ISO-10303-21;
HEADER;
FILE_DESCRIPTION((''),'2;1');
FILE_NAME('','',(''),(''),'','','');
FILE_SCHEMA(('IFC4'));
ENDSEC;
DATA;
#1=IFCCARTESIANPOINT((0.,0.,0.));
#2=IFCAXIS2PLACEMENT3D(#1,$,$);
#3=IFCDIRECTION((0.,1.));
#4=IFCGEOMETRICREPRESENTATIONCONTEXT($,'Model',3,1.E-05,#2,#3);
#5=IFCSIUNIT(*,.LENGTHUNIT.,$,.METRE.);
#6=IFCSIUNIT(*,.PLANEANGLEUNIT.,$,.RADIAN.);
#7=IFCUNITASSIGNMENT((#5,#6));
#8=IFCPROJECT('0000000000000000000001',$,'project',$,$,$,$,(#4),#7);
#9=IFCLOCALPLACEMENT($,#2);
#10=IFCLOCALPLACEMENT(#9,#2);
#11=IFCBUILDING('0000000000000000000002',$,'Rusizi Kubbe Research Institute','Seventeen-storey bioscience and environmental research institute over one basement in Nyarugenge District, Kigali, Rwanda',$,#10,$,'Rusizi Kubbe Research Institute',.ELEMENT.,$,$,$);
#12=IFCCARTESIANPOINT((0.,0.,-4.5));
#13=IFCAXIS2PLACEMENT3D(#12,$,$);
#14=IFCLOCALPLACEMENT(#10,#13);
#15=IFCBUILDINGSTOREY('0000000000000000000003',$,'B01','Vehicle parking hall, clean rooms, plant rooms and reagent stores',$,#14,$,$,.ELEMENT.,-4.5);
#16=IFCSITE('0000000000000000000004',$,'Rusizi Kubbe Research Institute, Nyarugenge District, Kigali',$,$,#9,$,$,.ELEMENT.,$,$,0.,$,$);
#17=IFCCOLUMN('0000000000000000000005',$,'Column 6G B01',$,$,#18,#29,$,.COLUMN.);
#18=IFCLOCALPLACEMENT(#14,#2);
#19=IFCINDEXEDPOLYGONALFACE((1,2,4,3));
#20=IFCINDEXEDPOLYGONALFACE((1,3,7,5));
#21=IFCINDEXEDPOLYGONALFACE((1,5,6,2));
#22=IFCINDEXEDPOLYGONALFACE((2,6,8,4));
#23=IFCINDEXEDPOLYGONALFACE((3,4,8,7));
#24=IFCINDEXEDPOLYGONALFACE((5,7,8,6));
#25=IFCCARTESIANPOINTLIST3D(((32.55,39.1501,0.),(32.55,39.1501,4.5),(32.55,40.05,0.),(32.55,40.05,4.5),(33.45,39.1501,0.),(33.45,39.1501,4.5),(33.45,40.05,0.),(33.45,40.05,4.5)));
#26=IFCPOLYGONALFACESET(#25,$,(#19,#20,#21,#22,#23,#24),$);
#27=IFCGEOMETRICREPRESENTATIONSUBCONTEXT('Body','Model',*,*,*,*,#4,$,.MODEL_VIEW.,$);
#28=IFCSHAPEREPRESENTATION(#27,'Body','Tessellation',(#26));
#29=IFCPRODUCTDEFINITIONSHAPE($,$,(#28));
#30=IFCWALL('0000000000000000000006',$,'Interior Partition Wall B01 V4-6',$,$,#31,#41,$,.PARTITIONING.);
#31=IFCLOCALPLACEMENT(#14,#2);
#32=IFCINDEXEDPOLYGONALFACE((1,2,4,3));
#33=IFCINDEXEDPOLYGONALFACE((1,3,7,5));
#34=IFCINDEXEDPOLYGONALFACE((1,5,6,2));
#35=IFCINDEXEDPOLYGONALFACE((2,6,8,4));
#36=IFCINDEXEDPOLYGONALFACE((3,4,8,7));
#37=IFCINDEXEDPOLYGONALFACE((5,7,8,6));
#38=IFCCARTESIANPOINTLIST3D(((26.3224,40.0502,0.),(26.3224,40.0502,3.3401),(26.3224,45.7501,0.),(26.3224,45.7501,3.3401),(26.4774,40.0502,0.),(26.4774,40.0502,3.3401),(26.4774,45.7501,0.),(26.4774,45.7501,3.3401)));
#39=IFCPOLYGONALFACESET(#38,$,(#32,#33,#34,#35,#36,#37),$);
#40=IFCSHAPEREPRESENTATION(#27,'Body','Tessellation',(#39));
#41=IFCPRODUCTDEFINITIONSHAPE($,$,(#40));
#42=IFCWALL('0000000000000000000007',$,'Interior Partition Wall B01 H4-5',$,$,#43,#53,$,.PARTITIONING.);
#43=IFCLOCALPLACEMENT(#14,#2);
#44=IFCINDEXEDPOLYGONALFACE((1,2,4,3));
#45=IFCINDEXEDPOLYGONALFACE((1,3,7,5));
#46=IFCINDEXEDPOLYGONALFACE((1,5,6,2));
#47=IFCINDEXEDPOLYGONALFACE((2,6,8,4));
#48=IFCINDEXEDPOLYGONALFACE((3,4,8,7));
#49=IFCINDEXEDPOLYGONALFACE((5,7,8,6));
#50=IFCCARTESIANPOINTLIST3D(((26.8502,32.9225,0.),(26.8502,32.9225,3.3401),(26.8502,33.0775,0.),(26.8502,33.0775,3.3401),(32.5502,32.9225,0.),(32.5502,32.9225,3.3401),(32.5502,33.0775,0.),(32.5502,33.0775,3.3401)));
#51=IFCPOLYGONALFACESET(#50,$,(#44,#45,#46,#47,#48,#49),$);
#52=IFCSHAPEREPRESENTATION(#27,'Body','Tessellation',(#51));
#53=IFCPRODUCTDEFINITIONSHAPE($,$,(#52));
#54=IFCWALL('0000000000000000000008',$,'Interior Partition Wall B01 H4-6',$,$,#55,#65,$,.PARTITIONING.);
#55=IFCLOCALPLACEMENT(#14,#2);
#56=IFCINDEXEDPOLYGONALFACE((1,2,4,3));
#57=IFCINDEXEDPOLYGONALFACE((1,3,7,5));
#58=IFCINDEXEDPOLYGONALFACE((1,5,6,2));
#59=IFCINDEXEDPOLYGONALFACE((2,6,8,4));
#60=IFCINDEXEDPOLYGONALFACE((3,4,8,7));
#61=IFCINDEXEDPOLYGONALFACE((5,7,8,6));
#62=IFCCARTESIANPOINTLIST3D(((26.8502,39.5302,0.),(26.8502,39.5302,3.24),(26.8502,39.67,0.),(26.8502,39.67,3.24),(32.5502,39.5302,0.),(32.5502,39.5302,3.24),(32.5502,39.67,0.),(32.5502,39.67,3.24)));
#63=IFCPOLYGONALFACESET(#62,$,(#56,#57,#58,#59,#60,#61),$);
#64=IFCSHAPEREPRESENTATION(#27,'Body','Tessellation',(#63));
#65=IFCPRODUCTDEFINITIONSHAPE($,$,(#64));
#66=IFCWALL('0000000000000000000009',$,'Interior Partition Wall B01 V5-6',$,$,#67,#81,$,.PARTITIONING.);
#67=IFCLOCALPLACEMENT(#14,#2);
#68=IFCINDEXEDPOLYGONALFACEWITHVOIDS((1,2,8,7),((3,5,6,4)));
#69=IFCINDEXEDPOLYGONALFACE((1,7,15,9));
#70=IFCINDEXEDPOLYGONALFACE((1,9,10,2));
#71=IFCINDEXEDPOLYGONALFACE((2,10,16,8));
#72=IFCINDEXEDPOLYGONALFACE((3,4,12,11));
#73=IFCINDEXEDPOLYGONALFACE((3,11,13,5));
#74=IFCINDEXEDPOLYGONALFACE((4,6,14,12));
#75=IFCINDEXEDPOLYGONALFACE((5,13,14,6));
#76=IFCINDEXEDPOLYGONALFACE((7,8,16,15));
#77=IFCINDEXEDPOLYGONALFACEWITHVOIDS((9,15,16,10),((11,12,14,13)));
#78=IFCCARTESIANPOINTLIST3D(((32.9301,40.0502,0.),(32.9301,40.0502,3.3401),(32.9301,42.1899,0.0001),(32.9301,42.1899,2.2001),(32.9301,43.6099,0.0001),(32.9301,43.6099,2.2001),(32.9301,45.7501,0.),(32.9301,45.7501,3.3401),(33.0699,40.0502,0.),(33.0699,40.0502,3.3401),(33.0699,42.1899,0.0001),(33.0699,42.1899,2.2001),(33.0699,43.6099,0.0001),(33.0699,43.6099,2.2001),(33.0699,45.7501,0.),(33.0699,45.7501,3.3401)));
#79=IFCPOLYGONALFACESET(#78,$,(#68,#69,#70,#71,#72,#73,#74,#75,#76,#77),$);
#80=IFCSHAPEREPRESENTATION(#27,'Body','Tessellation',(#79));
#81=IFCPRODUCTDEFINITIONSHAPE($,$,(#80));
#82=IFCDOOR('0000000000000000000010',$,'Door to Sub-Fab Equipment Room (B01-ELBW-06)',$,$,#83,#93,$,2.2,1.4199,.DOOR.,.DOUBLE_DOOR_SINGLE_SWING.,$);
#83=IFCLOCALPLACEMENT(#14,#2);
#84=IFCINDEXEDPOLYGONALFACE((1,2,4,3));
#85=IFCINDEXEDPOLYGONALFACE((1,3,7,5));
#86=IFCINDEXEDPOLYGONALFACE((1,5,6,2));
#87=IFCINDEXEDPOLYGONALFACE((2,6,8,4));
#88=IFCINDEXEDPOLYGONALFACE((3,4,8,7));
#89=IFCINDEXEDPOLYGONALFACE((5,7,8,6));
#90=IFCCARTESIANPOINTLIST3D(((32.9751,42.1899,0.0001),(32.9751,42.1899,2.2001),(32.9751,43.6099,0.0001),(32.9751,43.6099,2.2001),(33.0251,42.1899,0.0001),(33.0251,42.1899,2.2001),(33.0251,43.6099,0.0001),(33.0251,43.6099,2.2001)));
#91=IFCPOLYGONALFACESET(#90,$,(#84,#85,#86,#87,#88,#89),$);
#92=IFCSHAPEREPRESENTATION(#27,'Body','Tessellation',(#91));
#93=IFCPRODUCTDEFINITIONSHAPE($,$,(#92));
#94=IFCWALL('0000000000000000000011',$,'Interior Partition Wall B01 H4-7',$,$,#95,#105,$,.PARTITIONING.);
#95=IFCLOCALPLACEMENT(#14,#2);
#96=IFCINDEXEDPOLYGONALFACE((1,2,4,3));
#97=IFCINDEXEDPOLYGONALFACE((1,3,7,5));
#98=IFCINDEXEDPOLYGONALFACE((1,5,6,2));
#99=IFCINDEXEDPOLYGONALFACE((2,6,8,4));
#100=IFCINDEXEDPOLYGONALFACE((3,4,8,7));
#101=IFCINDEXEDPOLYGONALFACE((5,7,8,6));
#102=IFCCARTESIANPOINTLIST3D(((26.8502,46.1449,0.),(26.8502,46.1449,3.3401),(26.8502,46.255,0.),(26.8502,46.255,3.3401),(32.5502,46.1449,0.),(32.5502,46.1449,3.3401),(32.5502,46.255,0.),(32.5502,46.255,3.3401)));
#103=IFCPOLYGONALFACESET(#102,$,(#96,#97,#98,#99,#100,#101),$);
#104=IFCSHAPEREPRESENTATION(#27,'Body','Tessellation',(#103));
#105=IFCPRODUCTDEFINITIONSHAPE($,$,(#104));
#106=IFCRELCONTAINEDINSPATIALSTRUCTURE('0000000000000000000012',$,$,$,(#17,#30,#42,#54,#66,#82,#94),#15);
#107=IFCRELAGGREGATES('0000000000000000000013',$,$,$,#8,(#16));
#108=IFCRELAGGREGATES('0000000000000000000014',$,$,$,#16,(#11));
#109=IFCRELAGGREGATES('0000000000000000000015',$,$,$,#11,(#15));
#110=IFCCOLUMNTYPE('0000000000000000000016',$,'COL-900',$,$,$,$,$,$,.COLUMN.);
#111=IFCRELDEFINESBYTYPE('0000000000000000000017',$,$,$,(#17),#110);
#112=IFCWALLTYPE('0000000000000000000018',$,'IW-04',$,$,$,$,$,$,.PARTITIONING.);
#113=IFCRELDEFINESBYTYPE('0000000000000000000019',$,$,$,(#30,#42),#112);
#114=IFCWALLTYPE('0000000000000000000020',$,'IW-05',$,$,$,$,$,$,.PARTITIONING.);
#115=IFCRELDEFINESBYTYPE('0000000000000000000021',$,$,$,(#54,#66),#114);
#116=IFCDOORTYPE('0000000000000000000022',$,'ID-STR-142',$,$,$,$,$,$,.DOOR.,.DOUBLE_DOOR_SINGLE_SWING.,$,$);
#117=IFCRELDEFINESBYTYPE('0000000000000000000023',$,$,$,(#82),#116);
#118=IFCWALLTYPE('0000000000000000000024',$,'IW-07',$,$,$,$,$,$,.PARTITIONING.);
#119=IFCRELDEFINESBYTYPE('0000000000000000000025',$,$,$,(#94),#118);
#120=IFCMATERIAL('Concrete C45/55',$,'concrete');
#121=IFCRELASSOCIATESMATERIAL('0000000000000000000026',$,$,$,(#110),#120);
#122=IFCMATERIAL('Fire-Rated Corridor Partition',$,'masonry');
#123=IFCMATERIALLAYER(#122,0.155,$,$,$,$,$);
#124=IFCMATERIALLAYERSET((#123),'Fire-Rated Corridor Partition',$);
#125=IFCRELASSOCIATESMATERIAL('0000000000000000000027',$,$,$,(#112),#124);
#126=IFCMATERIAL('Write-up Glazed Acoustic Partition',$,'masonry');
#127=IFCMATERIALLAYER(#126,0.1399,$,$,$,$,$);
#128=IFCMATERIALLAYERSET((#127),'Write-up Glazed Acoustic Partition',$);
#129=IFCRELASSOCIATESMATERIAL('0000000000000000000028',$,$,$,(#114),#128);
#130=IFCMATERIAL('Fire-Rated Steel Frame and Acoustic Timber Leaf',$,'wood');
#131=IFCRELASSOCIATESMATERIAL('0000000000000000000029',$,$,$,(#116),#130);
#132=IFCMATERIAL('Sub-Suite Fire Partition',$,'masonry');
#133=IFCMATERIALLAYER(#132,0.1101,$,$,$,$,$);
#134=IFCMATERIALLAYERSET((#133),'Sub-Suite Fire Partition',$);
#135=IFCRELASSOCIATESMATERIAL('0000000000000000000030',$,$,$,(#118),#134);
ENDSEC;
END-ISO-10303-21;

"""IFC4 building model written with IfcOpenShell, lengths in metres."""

from ifc_helpers import new_model, si_unit, direction, frame, frame_2d, origin, origin_2d, place, context, subcontext, project, spatial, rectangle, extrude, material, layer, layer_set, material_profile, profile_set, type_object, element, fill, save


model = new_model("IFC4")

# Units and contexts
model_context = context("Model", 3, precision=1e-05, world=origin(), true_north=direction((0.0, 1.0)))
body_context = subcontext(model_context, "Body", "Model", "MODEL_VIEW")
ifc_project = project(units=[si_unit("LENGTHUNIT", "METRE"), si_unit("PLANEANGLEUNIT", "RADIAN")], contexts=[model_context])

# Site, building, storey
site_placement = place(None, origin())
site = spatial("IfcSite", under=ifc_project, at=site_placement, Name="Rusizi Kubbe Research Institute, Nyarugenge District, Kigali", CompositionType="ELEMENT", RefElevation=0.0)
building_placement = place(site_placement, origin())
building = spatial("IfcBuilding", under=site, at=building_placement, Name="Rusizi Kubbe Research Institute", Description="Seventeen-storey bioscience and environmental research institute over one basement in Nyarugenge District, Kigali, Rwanda", LongName="Rusizi Kubbe Research Institute", CompositionType="ELEMENT")
storey_placement = place(building_placement, frame((0.0, 0.0, -4.5)))
storey = spatial("IfcBuildingStorey", under=building, at=storey_placement, Name="B01", Description="Vehicle parking hall, clean rooms, plant rooms and reagent stores", CompositionType="ELEMENT", Elevation=-4.5)

# Column
ifc_material_1 = material(Name="Concrete C45/55", Category="concrete")
ifc_material_profile_1 = material_profile(ifc_material_1, rectangle(XDim=0.8999, YDim=0.8999, at=origin_2d()), Name="RC900x900")
ifc_profile_set_1 = profile_set([ifc_material_profile_1], Name="Concrete C45/55")
column_type = type_object("IfcColumnType", Name="COL-900", PredefinedType="COLUMN", material=ifc_profile_set_1)
for number, where, z_axis, x_axis, name in (
    (1, (33.0, 39.6001, 0.0), (0.0, 0.0, 1.0), (1.0, 0.0, 0.0), "Column 6G B01"),
):
    element("IfcColumn", number, at=place(storey_placement, frame(where, z_axis=z_axis, x_axis=x_axis)), inside=storey, type_object=column_type, Name=name, PredefinedType="COLUMN", context=body_context, shape_type="SweptSolid", body=[
        extrude(rectangle(XDim=0.8999, YDim=0.8999, at=origin_2d()), origin(), (0.0, 0.0, 1.0), 4.5),
    ])

# Walls
ifc_material_2 = material(Name="Fire-Rated Corridor Partition", Category="masonry")
ifc_layer_1 = layer(ifc_material_2, 0.155)
ifc_layer_set_1 = layer_set([ifc_layer_1], Name="Fire-Rated Corridor Partition")
wall_type_1 = type_object("IfcWallType", Name="IW-04", PredefinedType="PARTITIONING", material=ifc_layer_set_1)
for number, where, z_axis, x_axis, name in (
    (2, (26.3999, 40.05, 0.0), (0.0, 0.0, 1.0), (0.0, 1.0, 0.0), "Interior Partition Wall B01 V4-6"),
    (3, (26.8501, 33.0, 0.0), (0.0, 0.0, 1.0), (1.0, 0.0, 0.0), "Interior Partition Wall B01 H4-5"),
):
    element("IfcWall", number, at=place(storey_placement, frame(where, z_axis=z_axis, x_axis=x_axis)), inside=storey, type_object=wall_type_1, Name=name, PredefinedType="PARTITIONING", context=body_context, shape_type="SweptSolid", body=[
        extrude(rectangle(XDim=5.7, YDim=0.155, at=frame_2d((2.8501, 0.0))), origin(), (0.0, 0.0, 1.0), 3.3401),
    ])

# Wall
ifc_material_3 = material(Name="Write-up Glazed Acoustic Partition", Category="masonry")
ifc_layer_2 = layer(ifc_material_3, 0.1399)
ifc_layer_set_2 = layer_set([ifc_layer_2], Name="Write-up Glazed Acoustic Partition")
wall_type_2 = type_object("IfcWallType", Name="IW-05", PredefinedType="PARTITIONING", material=ifc_layer_set_2)
wall_1_placement = place(storey_placement, frame((26.8501, 39.6001, 0.0), z_axis=(0.0, 0.0, 1.0), x_axis=(1.0, 0.0, 0.0)))
element("IfcWall", 4, at=wall_1_placement, inside=storey, type_object=wall_type_2, Name="Interior Partition Wall B01 H4-6", PredefinedType="PARTITIONING", context=body_context, shape_type="SweptSolid", body=[
    extrude(rectangle(XDim=5.7, YDim=0.1399, at=frame_2d((2.8501, 0.0))), origin(), (0.0, 0.0, 1.0), 3.24),
])

# Wall, opening, door
wall_2_placement = place(storey_placement, frame((33.0, 40.05, 0.0), z_axis=(0.0, 0.0, 1.0), x_axis=(0.0, 1.0, 0.0)))
wall_2 = element("IfcWall", 5, at=wall_2_placement, inside=storey, type_object=wall_type_2, Name="Interior Partition Wall B01 V5-6", PredefinedType="PARTITIONING", context=body_context, shape_type="SweptSolid", body=[
    extrude(rectangle(XDim=5.7, YDim=0.1399, at=frame_2d((2.8501, 0.0))), origin(), (0.0, 0.0, 1.0), 3.3401),
])
opening_1_placement = place(wall_2_placement, frame((2.1399, 0.0, 0.0)))
opening_1 = element("IfcOpeningElement", 6, at=opening_1_placement, cuts=wall_2, PredefinedType="OPENING", context=body_context, shape_type="SweptSolid", body=[
    extrude(rectangle(XDim=1.4199, YDim=2.2, at=frame_2d((0.71, 1.1001))), frame((0.0, 0.0798, 0.0), z_axis=(0.0, -1.0, 0.0), x_axis=(1.0, 0.0, 0.0)), (0.0, 0.0, 1.0), 0.1599),
])
ifc_material_4 = material(Name="Fire-Rated Steel Frame and Acoustic Timber Leaf", Category="wood")
door_type_1 = type_object("IfcDoorType", Name="ID-STR-142", OperationType="DOUBLE_DOOR_SINGLE_SWING", PredefinedType="DOOR", material=ifc_material_4)
door_1_placement = place(opening_1_placement, origin())
door_1 = element("IfcDoor", 7, at=door_1_placement, inside=storey, type_object=door_type_1, Name="Door to Sub-Fab Equipment Room (B01-ELBW-06)", OperationType="DOUBLE_DOOR_SINGLE_SWING", OverallHeight=2.2, OverallWidth=1.4199, PredefinedType="DOOR", context=body_context, shape_type="SweptSolid", body=[
    extrude(rectangle(XDim=1.4199, YDim=2.2, at=frame_2d((0.71, 1.1001))), frame((0.0, 0.0249, 0.0), z_axis=(0.0, -1.0, 0.0), x_axis=(1.0, 0.0, 0.0)), (0.0, 0.0, 1.0), 0.05),
])
fill(opening_1, door_1)

# Wall
ifc_material_5 = material(Name="Sub-Suite Fire Partition", Category="masonry")
ifc_layer_3 = layer(ifc_material_5, 0.1101)
ifc_layer_set_3 = layer_set([ifc_layer_3], Name="Sub-Suite Fire Partition")
wall_type_3 = type_object("IfcWallType", Name="IW-07", PredefinedType="PARTITIONING", material=ifc_layer_set_3)
wall_3_placement = place(storey_placement, frame((26.8501, 46.2, 0.0), z_axis=(0.0, 0.0, 1.0), x_axis=(1.0, 0.0, 0.0)))
element("IfcWall", 8, at=wall_3_placement, inside=storey, type_object=wall_type_3, Name="Interior Partition Wall B01 H4-7", PredefinedType="PARTITIONING", context=body_context, shape_type="SweptSolid", body=[
    extrude(rectangle(XDim=5.7, YDim=0.1101, at=frame_2d((2.8501, 0.0))), origin(), (0.0, 0.0, 1.0), 3.3401),
])

save(model, "model.ifc")
